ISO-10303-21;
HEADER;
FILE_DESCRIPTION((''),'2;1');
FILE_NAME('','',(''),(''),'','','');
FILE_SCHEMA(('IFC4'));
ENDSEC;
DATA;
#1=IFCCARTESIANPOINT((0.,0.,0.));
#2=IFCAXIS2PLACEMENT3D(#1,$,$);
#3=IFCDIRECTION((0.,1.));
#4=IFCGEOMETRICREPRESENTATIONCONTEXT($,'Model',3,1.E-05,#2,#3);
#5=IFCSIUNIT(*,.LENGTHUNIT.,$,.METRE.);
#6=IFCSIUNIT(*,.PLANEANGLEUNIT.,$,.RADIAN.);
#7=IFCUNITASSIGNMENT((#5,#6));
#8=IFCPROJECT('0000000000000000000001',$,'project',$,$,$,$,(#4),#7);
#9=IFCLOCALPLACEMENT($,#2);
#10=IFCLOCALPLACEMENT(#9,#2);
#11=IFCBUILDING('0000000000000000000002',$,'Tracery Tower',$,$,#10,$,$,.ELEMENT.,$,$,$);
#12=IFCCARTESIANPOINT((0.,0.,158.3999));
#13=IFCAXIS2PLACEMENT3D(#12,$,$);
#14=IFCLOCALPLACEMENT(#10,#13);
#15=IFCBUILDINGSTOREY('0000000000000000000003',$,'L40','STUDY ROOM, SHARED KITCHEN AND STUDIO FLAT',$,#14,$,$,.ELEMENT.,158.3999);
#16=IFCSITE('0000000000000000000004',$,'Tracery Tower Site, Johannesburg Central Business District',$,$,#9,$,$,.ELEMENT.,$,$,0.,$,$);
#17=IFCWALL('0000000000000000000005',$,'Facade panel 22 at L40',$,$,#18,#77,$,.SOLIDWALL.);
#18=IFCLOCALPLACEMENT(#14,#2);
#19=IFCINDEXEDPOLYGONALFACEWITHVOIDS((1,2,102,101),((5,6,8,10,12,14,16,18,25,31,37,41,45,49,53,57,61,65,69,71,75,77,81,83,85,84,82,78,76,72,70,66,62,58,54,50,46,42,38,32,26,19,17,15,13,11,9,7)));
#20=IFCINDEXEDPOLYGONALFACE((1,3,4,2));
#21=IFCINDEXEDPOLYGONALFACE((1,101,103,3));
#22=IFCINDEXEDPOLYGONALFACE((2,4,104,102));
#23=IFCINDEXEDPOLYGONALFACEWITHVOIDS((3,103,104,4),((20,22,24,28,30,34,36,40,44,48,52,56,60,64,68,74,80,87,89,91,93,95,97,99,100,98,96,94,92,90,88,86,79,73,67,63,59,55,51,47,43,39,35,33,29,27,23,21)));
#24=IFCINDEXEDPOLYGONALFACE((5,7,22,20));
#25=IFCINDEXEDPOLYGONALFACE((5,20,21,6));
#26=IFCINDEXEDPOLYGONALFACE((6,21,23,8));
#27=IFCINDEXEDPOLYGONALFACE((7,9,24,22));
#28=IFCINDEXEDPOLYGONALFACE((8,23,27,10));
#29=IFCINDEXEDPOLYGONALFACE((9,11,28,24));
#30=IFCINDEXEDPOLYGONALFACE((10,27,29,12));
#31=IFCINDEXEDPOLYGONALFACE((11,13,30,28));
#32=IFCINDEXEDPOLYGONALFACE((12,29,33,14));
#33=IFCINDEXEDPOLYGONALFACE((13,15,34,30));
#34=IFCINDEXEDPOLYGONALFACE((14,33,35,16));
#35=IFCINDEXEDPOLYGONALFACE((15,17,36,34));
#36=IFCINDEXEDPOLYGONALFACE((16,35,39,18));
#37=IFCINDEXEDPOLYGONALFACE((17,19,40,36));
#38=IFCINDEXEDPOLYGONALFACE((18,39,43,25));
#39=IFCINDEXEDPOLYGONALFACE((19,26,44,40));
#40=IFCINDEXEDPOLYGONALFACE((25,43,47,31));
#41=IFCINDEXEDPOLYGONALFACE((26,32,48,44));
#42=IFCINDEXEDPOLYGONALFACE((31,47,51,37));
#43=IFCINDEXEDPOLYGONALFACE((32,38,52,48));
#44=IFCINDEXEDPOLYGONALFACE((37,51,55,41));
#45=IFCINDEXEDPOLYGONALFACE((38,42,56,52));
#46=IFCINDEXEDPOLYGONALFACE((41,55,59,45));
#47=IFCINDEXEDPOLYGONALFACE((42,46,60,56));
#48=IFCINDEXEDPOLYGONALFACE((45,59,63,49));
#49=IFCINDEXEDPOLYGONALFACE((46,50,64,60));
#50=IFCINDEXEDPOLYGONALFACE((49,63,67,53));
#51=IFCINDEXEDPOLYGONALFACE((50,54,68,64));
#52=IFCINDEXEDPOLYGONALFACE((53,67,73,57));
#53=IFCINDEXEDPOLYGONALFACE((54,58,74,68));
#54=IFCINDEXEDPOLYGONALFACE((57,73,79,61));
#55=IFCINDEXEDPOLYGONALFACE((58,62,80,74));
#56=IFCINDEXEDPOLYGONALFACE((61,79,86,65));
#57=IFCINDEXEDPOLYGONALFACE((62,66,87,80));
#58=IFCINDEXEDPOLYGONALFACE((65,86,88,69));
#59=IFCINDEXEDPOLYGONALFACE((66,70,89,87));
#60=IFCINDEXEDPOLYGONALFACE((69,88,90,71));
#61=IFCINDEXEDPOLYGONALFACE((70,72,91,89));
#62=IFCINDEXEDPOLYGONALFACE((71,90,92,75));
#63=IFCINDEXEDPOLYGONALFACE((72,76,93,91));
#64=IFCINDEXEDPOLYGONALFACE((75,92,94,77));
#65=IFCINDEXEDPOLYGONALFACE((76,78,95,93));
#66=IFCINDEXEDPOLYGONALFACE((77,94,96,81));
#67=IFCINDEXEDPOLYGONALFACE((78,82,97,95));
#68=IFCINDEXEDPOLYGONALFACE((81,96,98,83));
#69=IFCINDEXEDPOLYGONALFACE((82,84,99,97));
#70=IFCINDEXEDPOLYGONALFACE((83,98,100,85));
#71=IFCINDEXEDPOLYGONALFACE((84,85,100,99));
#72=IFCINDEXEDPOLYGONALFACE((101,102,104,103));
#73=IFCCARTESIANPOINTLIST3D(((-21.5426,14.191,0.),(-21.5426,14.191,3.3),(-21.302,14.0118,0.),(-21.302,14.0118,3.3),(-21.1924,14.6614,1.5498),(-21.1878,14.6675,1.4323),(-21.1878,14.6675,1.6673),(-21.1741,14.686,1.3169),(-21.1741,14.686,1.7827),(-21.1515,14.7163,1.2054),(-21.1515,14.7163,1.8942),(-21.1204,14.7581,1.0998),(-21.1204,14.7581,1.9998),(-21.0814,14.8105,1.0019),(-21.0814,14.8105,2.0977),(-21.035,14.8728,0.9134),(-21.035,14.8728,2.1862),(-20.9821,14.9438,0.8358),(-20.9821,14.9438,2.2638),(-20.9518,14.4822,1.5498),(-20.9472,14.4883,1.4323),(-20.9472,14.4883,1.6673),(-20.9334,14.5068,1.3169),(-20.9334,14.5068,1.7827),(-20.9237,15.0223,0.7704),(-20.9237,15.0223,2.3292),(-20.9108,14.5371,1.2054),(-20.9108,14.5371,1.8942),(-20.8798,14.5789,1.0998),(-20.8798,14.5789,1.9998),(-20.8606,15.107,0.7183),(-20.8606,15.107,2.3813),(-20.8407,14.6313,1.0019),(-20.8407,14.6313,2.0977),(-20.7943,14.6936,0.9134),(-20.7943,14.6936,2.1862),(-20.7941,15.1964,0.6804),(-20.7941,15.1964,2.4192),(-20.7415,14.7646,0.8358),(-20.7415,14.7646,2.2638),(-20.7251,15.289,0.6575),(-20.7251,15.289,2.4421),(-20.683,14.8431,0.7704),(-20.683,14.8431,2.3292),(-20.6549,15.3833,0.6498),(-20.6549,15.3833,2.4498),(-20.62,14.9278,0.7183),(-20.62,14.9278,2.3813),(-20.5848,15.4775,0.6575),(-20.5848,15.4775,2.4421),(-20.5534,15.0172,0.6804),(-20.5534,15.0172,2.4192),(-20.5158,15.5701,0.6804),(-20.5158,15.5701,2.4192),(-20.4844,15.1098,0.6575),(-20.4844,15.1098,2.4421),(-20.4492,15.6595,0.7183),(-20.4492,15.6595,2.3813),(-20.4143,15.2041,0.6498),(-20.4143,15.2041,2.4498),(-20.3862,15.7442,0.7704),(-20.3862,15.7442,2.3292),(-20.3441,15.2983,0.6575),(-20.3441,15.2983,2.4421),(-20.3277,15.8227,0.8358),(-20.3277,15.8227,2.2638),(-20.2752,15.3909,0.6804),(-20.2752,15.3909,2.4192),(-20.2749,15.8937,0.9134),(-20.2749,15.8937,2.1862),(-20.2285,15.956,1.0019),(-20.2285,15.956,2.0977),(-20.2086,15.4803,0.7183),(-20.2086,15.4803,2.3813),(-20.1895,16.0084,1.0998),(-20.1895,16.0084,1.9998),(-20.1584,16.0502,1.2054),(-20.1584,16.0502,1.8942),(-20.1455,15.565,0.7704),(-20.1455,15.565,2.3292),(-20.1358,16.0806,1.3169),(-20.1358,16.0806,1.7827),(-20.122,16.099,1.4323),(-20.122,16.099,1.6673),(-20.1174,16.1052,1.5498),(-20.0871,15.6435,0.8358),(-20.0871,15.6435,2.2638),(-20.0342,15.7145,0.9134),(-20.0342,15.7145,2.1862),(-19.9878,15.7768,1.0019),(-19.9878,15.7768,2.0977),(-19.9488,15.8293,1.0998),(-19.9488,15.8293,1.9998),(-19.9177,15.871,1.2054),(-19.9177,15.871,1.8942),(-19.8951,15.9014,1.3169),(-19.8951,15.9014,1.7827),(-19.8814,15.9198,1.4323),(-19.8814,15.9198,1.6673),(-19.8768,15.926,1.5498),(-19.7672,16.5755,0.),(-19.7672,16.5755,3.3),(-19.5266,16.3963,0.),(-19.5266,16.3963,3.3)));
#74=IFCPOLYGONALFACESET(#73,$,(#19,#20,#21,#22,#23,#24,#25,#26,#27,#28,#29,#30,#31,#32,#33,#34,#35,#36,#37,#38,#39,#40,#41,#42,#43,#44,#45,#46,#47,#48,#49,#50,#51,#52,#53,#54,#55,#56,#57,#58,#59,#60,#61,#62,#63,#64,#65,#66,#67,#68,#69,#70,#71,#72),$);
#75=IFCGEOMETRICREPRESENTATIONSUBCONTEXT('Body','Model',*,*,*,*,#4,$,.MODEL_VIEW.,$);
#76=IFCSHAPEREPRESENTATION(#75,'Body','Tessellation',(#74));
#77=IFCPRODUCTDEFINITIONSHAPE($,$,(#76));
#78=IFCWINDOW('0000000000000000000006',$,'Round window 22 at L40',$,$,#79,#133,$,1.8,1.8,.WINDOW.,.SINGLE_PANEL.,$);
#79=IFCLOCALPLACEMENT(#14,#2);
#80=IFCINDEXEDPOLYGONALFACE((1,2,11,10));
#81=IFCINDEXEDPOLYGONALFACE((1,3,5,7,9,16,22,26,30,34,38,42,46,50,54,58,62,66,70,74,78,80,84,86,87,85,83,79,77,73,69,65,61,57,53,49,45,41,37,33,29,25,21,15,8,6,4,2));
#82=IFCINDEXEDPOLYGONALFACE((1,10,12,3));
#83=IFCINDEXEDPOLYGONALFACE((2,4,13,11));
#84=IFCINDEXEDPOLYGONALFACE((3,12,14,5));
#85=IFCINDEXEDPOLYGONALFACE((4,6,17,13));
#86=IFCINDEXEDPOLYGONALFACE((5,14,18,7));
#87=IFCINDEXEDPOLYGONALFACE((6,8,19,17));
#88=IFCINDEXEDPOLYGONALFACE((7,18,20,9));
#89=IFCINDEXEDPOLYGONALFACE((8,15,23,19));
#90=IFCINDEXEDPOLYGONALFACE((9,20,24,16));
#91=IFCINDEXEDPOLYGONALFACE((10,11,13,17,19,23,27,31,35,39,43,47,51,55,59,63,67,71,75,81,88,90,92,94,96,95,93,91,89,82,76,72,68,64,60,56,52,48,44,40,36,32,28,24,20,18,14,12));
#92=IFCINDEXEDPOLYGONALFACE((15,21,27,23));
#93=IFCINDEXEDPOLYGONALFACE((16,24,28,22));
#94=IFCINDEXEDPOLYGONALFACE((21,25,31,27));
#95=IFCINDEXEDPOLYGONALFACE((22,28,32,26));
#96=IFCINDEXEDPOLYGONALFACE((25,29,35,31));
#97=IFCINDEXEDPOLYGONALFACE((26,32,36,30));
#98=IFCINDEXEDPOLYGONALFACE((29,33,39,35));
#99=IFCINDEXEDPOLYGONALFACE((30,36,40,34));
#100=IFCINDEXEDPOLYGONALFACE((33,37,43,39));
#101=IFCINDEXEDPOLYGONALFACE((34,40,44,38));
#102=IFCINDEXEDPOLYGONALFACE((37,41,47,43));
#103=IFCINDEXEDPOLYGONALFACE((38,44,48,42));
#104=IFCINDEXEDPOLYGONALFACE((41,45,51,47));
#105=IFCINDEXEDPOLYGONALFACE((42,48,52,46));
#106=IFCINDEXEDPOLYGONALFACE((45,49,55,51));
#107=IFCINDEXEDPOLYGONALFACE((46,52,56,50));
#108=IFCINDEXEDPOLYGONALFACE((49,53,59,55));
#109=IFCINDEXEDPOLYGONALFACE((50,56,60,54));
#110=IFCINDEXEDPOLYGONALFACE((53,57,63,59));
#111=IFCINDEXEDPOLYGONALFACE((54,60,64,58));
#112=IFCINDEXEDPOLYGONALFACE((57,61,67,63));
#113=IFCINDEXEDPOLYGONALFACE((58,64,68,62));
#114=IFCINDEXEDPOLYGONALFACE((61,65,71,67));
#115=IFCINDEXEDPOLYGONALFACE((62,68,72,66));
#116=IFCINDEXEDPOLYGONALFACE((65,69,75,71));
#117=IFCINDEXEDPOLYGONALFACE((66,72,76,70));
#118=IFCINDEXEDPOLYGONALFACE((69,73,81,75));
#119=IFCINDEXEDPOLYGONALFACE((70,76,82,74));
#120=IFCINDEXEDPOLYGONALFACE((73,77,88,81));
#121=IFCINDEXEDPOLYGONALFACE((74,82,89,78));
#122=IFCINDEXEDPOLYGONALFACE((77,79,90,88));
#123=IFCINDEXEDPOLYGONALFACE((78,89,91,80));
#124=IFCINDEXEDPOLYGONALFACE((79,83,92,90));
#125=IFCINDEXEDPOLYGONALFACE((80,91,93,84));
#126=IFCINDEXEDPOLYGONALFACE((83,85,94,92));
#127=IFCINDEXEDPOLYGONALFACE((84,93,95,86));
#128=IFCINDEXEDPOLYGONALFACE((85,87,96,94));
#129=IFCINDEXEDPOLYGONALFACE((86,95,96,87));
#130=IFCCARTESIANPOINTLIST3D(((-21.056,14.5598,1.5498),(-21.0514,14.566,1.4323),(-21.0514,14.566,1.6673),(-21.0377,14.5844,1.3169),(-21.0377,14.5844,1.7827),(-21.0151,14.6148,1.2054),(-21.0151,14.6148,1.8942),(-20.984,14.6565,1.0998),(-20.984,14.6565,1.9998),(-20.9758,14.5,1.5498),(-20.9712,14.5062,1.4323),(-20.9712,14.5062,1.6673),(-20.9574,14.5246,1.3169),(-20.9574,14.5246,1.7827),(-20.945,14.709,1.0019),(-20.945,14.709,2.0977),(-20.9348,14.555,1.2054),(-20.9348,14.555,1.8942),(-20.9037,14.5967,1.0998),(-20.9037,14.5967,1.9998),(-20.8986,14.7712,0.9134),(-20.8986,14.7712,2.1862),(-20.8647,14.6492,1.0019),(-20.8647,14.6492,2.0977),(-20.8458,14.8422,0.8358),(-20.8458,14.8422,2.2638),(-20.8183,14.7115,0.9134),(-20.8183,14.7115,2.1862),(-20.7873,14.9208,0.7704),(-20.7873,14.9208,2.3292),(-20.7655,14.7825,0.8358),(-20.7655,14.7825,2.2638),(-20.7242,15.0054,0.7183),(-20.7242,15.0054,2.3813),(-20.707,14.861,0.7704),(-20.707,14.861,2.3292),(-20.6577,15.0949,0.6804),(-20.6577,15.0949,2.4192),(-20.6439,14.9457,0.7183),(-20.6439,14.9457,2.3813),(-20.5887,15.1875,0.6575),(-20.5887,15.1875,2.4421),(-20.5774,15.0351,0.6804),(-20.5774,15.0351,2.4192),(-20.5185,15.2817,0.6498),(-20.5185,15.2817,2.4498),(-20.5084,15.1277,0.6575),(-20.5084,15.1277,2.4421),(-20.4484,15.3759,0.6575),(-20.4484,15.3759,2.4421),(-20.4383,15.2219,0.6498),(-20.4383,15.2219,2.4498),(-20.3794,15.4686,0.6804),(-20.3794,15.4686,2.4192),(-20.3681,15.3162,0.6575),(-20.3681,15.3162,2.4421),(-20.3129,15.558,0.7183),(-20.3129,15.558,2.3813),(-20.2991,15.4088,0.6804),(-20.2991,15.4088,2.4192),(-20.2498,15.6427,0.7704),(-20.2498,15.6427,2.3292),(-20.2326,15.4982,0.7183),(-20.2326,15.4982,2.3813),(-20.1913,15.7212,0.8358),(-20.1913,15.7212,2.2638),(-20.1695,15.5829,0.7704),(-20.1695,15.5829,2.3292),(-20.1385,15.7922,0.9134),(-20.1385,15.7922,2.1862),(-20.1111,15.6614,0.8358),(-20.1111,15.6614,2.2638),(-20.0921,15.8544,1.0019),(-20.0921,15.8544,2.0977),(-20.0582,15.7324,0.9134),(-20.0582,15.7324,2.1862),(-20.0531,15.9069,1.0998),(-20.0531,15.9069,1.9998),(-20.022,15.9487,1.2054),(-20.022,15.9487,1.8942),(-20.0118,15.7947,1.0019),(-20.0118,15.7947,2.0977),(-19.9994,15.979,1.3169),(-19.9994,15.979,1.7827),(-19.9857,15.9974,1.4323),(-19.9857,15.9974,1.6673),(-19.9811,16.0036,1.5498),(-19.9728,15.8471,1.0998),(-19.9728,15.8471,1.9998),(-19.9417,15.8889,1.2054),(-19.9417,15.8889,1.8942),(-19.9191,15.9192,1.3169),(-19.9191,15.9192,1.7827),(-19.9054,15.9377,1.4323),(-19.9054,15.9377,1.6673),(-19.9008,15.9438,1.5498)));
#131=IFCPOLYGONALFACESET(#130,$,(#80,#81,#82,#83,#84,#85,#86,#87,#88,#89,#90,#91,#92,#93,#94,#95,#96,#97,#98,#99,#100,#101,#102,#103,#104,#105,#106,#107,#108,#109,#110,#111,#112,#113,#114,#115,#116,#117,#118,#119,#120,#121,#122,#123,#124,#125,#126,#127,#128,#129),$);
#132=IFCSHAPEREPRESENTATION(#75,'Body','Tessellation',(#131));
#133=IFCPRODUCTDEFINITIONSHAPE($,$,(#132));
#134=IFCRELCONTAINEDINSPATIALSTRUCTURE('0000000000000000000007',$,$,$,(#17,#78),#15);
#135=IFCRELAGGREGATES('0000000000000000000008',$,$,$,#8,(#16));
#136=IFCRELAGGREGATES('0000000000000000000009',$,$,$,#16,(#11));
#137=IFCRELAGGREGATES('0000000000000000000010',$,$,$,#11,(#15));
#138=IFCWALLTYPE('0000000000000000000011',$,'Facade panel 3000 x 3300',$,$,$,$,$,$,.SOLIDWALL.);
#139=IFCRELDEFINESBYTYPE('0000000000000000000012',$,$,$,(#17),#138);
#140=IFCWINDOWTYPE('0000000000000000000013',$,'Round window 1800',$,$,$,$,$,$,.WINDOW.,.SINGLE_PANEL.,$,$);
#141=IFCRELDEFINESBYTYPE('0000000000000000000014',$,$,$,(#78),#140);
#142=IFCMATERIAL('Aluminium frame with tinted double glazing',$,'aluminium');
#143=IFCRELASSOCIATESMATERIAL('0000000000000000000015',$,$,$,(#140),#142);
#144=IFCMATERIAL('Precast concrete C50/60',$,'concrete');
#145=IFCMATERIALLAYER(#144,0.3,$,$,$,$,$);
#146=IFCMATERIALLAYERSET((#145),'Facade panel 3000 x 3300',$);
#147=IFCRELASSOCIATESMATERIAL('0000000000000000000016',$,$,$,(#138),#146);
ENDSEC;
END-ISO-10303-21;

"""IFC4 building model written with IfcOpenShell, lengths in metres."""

from ifc_helpers import new_model, si_unit, direction, frame, frame_2d, origin, origin_2d, place, context, subcontext, project, spatial, rectangle, circle, extrude, material, layer, layer_set, type_object, element, fill, save


model = new_model("IFC4")

# Units and contexts
model_context = context("Model", 3, precision=1e-05, world=origin(), true_north=direction((0.0, 1.0)))
body_context = subcontext(model_context, "Body", "Model", "MODEL_VIEW")
ifc_project = project(units=[si_unit("LENGTHUNIT", "METRE"), si_unit("PLANEANGLEUNIT", "RADIAN")], contexts=[model_context])

# Site, building, storey
site_placement = place(None, origin())
site = spatial("IfcSite", under=ifc_project, at=site_placement, Name="Tracery Tower Site, Johannesburg Central Business District", CompositionType="ELEMENT", RefElevation=0.0)
building_placement = place(site_placement, origin())
building = spatial("IfcBuilding", under=site, at=building_placement, Name="Tracery Tower", CompositionType="ELEMENT")
storey_placement = place(building_placement, frame((0.0, 0.0, 158.3999)))
storey = spatial("IfcBuildingStorey", under=building, at=storey_placement, Name="L40", Description="STUDY ROOM, SHARED KITCHEN AND STUDIO FLAT", CompositionType="ELEMENT", Elevation=158.3999)

# Wall, opening, window
ifc_material_1 = material(Name="Aluminium frame with tinted double glazing", Category="aluminium")
window_type = type_object("IfcWindowType", Name="Round window 1800", PartitioningType="SINGLE_PANEL", PredefinedType="WINDOW", material=ifc_material_1)
ifc_material_2 = material(Name="Precast concrete C50/60", Category="concrete")
ifc_layer_1 = layer(ifc_material_2, 0.3)
ifc_layer_set_1 = layer_set([ifc_layer_1], Name="Facade panel 3000 x 3300")
wall_type_1 = type_object("IfcWallType", Name="Facade panel 3000 x 3300", PredefinedType="SOLIDWALL", material=ifc_layer_set_1)
wall_1_placement = place(storey_placement, frame((-19.647, 16.4858, 0.0), z_axis=(0.0, 0.0, 1.0), x_axis=(-0.597198, -0.802094, 0.0)))
wall_1 = element("IfcWall", 1, at=wall_1_placement, inside=storey, type_object=wall_type_1, Name="Facade panel 22 at L40", PredefinedType="SOLIDWALL", context=body_context, shape_type="SweptSolid", body=[
    extrude(rectangle(XDim=2.9729, YDim=0.3, at=frame_2d((1.4863, 0.0))), origin(), (0.0, 0.0, 1.0), 3.3),
])
opening_1_placement = place(wall_1_placement, frame((1.4863, 0.0, 1.5498)))
opening_1 = element("IfcOpeningElement", 2, at=opening_1_placement, cuts=wall_1, PredefinedType="OPENING", context=body_context, shape_type="SweptSolid", body=[
    extrude(circle(Radius=0.9, at=origin_2d()), frame((0.0, 0.1599, 0.0), z_axis=(0.0, -1.0, 0.0), x_axis=(1.0, 0.0, 0.0)), (0.0, 0.0, 1.0), 0.3201),
])
window_1_placement = place(opening_1_placement, origin())
window_1 = element("IfcWindow", 3, at=window_1_placement, inside=storey, type_object=window_type, Name="Round window 22 at L40", OverallHeight=1.8, OverallWidth=1.8, PartitioningType="SINGLE_PANEL", PredefinedType="WINDOW", context=body_context, shape_type="SweptSolid", body=[
    extrude(circle(Radius=0.9, at=origin_2d()), frame((0.0, 0.1201, 0.0), z_axis=(0.0, -1.0, 0.0), x_axis=(1.0, 0.0, 0.0)), (0.0, 0.0, 1.0), 0.1001),
])
fill(opening_1, window_1)

save(model, "model.ifc")
